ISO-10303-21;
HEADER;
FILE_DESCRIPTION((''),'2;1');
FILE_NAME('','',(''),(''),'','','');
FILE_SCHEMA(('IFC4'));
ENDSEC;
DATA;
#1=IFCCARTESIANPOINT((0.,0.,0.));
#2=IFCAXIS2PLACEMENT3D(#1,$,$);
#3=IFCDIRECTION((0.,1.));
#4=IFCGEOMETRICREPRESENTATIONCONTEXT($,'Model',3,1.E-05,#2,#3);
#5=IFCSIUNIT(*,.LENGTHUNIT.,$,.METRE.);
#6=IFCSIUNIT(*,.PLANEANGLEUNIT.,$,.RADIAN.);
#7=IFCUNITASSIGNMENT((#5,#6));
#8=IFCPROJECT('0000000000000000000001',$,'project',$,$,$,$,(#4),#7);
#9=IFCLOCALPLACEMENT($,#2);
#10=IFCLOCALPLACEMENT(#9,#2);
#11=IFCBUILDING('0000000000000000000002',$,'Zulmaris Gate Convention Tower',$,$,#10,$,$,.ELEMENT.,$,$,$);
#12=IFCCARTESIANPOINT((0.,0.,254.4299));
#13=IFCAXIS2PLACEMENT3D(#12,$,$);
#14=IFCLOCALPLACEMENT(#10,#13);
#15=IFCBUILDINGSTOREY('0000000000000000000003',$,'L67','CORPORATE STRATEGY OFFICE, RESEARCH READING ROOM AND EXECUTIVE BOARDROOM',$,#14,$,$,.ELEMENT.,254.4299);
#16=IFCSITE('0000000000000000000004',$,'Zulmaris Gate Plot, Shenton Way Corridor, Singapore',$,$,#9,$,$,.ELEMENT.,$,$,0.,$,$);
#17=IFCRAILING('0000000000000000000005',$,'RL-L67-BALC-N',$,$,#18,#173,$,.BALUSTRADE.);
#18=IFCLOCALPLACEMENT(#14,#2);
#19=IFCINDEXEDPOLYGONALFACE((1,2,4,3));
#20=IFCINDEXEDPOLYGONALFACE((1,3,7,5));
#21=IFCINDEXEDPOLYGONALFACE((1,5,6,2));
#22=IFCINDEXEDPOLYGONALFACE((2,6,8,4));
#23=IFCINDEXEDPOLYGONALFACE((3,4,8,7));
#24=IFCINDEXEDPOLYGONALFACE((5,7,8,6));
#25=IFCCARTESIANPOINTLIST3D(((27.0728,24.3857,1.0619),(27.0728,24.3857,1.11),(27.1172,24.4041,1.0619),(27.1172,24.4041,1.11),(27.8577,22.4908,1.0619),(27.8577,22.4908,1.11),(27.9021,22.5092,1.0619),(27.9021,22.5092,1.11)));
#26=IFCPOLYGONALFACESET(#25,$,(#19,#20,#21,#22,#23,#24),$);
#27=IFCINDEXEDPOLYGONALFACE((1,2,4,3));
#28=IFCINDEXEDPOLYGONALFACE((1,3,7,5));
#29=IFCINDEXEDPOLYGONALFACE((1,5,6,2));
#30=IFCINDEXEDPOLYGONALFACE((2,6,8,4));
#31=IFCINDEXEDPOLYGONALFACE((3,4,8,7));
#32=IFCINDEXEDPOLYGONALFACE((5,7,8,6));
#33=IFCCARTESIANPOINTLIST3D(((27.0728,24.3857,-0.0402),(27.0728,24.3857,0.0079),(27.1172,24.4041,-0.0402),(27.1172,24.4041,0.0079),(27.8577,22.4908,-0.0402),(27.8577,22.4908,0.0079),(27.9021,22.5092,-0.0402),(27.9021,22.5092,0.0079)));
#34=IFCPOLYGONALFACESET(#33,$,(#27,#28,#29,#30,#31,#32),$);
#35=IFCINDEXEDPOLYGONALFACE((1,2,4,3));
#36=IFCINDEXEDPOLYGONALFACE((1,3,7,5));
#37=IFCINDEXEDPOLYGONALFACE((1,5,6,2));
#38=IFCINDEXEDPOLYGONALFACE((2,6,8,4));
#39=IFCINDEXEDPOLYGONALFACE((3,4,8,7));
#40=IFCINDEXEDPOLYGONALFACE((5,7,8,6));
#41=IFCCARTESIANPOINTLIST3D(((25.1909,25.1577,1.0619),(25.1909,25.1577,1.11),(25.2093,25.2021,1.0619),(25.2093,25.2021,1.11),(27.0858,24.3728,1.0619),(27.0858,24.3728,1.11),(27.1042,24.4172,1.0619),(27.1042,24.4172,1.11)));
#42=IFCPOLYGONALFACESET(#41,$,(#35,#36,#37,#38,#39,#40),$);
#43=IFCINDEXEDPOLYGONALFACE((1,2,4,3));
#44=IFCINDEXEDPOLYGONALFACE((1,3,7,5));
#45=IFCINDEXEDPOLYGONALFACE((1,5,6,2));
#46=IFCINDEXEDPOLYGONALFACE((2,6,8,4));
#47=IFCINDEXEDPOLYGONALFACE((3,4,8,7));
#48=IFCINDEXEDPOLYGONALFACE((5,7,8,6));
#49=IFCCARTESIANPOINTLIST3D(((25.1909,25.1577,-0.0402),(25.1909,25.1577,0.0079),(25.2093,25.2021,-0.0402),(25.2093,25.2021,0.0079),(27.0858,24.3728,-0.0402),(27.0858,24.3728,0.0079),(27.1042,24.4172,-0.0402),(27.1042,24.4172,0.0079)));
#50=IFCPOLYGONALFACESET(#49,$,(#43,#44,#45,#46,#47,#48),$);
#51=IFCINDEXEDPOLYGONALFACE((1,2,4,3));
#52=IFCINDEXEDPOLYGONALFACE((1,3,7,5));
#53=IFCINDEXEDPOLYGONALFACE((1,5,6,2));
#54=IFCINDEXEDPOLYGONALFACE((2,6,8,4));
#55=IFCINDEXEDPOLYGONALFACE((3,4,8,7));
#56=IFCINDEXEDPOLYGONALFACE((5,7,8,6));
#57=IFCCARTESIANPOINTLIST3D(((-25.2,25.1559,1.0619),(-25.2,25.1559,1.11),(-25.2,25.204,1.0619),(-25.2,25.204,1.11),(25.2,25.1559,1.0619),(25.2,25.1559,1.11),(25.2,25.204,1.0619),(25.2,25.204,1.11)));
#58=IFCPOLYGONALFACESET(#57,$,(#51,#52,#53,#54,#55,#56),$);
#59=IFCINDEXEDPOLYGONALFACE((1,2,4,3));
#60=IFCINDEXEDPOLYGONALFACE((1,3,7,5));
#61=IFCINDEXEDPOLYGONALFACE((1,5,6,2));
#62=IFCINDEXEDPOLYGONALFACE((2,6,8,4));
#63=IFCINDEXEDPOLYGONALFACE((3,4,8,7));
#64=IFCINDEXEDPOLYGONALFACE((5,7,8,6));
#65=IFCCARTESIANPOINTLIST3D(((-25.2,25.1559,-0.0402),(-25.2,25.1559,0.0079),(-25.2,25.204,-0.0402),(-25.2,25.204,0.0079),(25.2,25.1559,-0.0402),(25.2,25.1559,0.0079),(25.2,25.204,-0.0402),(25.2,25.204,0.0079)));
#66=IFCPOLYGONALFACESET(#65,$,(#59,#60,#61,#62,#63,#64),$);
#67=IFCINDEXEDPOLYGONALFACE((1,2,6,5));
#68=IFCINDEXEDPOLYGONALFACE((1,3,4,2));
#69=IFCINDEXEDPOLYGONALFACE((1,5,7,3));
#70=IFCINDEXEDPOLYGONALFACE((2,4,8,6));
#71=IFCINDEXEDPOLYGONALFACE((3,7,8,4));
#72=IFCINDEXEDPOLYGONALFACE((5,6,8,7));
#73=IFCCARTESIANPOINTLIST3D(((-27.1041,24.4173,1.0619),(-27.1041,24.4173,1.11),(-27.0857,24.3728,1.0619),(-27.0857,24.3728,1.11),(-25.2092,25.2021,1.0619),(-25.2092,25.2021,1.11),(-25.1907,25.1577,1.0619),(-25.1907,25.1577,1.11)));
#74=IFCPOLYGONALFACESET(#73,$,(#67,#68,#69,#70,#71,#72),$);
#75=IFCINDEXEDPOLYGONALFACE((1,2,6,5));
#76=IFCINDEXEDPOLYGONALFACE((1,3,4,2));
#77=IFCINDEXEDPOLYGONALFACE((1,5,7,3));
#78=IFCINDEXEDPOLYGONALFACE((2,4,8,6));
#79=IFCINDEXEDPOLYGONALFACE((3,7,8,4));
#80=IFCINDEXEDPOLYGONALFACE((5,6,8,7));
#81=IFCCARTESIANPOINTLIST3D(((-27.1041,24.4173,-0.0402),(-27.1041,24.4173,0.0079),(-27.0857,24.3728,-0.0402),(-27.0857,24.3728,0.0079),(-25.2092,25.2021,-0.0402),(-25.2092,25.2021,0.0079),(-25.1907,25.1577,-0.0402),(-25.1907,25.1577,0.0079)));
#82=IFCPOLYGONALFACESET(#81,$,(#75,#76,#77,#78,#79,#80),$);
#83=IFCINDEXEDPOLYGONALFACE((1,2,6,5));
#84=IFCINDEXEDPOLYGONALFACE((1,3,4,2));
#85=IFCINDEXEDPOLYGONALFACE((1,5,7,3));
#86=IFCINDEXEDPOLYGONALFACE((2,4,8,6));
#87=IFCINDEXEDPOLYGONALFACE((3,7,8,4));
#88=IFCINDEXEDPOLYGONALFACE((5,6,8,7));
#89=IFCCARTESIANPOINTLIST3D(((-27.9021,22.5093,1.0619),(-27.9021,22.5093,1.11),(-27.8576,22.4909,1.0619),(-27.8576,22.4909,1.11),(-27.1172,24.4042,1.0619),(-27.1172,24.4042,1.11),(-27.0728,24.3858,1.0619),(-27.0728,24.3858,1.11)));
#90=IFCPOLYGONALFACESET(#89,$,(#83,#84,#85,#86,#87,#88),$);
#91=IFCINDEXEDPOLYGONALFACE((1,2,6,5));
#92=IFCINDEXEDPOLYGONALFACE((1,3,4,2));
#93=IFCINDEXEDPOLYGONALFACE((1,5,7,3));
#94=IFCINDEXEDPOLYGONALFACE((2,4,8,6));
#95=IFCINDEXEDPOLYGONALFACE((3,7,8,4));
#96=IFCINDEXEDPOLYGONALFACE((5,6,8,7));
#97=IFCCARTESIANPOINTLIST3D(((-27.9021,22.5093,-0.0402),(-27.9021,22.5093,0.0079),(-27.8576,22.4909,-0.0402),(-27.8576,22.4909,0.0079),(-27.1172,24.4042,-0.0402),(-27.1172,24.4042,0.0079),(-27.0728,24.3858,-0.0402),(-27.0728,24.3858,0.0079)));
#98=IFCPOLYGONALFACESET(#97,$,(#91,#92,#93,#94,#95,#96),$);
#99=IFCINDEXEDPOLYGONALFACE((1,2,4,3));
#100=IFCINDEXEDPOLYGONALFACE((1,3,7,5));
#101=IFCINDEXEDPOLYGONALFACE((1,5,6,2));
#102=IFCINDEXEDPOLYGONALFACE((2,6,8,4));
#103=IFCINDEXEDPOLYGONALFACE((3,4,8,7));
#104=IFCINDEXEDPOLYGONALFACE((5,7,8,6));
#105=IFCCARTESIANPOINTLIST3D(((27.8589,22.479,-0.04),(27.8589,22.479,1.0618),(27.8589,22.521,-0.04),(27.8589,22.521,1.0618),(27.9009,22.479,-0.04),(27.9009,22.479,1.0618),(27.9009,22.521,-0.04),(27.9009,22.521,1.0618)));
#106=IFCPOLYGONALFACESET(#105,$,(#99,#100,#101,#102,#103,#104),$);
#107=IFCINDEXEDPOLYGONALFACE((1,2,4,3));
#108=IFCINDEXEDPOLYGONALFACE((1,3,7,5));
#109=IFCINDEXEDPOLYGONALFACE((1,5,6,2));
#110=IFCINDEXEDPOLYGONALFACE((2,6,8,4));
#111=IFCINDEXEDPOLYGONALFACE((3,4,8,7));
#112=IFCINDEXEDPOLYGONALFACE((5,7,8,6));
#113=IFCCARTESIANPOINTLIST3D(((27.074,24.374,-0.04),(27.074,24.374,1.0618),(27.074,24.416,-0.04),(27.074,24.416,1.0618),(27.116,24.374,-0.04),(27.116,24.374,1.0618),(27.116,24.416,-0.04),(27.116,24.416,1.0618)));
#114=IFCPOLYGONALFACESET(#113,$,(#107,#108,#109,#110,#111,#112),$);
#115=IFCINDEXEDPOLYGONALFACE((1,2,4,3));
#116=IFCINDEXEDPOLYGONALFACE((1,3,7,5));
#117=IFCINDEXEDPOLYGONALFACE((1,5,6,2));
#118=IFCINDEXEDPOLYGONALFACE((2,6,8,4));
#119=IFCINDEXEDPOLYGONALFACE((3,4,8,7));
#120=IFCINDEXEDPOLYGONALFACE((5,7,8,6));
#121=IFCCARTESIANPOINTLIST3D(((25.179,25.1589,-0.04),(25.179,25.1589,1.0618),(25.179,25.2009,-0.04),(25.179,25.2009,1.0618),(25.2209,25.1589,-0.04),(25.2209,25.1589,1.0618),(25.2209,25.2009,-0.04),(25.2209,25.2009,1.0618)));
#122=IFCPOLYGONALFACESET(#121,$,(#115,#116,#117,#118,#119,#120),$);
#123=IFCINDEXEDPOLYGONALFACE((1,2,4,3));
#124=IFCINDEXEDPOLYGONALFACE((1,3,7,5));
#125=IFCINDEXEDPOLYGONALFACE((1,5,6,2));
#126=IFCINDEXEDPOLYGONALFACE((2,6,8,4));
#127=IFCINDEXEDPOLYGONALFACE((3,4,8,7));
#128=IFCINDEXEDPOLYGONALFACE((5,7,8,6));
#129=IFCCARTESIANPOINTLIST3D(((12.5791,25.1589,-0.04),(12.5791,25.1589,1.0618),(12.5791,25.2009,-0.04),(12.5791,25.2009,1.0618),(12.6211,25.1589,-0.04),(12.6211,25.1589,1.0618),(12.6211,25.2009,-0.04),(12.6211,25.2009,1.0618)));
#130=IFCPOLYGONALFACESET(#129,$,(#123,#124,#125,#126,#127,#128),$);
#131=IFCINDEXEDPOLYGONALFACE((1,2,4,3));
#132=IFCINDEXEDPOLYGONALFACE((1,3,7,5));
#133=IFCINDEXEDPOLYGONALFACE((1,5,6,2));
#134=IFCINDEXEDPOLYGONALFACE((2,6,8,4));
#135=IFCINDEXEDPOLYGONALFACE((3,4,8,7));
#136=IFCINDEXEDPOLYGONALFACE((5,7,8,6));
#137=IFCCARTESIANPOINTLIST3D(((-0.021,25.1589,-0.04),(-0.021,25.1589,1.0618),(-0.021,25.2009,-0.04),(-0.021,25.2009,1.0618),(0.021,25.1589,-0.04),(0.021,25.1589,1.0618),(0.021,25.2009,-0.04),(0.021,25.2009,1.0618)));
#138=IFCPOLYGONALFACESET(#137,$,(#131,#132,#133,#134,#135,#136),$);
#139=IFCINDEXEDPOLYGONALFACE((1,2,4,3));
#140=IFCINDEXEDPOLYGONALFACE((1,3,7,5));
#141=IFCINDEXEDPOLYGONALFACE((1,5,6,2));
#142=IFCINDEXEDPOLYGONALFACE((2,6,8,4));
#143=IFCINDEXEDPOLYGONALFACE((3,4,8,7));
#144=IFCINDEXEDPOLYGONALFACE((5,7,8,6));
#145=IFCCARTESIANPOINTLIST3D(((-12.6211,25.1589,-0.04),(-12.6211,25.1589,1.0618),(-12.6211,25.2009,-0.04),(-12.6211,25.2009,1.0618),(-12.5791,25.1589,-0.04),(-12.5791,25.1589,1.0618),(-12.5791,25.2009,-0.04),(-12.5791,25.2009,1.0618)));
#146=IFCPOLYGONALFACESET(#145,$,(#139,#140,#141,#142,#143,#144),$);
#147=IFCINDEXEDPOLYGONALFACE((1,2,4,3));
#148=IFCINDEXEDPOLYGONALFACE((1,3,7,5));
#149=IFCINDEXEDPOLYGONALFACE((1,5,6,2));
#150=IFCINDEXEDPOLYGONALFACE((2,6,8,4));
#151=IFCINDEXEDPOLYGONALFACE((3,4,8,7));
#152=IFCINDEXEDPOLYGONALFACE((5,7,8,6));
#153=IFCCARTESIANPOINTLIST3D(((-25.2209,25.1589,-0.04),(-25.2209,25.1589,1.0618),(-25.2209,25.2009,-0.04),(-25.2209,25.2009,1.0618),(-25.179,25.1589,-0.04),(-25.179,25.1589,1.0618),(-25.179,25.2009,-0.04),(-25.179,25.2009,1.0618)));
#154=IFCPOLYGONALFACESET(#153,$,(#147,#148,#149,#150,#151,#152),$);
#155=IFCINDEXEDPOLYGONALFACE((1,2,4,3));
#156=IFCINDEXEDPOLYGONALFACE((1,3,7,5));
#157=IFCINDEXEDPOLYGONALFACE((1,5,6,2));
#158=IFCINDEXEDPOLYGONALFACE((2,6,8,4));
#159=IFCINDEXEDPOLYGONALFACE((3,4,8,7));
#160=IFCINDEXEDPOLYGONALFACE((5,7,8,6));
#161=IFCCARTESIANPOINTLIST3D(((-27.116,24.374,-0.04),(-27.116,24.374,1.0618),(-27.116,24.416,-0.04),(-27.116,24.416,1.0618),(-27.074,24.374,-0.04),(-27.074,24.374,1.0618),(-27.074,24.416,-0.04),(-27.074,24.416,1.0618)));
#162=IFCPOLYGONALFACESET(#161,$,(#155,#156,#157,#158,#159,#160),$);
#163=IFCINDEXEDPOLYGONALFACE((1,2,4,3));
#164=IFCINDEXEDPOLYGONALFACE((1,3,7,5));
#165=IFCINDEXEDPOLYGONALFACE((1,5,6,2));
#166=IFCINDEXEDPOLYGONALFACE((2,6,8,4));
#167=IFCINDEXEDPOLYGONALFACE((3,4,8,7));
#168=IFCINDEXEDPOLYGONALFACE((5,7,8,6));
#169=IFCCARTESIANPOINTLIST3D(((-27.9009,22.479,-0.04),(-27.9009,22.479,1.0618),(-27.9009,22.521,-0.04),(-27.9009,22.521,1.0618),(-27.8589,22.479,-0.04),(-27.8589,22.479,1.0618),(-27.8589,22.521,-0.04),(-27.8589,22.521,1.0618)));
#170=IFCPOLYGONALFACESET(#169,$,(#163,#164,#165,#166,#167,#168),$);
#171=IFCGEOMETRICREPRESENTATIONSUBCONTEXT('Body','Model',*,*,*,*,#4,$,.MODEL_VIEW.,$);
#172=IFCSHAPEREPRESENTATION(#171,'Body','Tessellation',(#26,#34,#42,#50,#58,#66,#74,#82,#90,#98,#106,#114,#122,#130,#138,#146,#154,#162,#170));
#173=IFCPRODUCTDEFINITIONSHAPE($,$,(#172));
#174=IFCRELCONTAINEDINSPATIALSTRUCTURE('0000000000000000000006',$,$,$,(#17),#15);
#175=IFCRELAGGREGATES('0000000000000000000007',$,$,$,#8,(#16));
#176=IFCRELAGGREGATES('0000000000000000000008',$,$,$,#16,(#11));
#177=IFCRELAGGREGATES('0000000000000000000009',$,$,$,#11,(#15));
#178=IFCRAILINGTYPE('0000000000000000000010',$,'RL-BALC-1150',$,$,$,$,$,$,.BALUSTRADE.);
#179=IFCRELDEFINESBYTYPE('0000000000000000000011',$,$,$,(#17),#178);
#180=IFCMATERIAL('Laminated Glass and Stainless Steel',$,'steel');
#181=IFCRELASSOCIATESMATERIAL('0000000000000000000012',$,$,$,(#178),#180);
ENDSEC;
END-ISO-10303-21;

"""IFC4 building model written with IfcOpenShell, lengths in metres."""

from ifc_helpers import new_model, si_unit, direction, frame, origin, origin_2d, place, context, subcontext, project, spatial, rectangle, extrude, material, type_object, element, save


model = new_model("IFC4")

# Units and contexts
model_context = context("Model", 3, precision=1e-05, world=origin(), true_north=direction((0.0, 1.0)))
body_context = subcontext(model_context, "Body", "Model", "MODEL_VIEW")
ifc_project = project(units=[si_unit("LENGTHUNIT", "METRE"), si_unit("PLANEANGLEUNIT", "RADIAN")], contexts=[model_context])

# Site, building, storey
site_placement = place(None, origin())
site = spatial("IfcSite", under=ifc_project, at=site_placement, Name="Zulmaris Gate Plot, Shenton Way Corridor, Singapore", CompositionType="ELEMENT", RefElevation=0.0)
building_placement = place(site_placement, origin())
building = spatial("IfcBuilding", under=site, at=building_placement, Name="Zulmaris Gate Convention Tower", CompositionType="ELEMENT")
storey_placement = place(building_placement, frame((0.0, 0.0, 254.4299)))
storey = spatial("IfcBuildingStorey", under=building, at=storey_placement, Name="L67", Description="CORPORATE STRATEGY OFFICE, RESEARCH READING ROOM AND EXECUTIVE BOARDROOM", CompositionType="ELEMENT", Elevation=254.4299)

# Railing
ifc_material_1 = material(Name="Laminated Glass and Stainless Steel", Category="steel")
railing_type = type_object("IfcRailingType", Name="RL-BALC-1150", PredefinedType="BALUSTRADE", material=ifc_material_1)
railing_placement = place(storey_placement, frame((27.8799, 22.5, -0.04)))
element("IfcRailing", 1, at=railing_placement, inside=storey, type_object=railing_type, Name="RL-L67-BALC-N", PredefinedType="BALUSTRADE", context=body_context, shape_type="SweptSolid", body=[
    extrude(rectangle(XDim=0.0481, YDim=0.0481, at=origin_2d()), frame((0.0, 0.0, 1.126), z_axis=(-0.382671, 0.923885, 0.0), x_axis=(-0.923885, -0.382671, 0.0)), (0.0, 0.0, 1.0), 2.051),
    extrude(rectangle(XDim=0.0481, YDim=0.0481, at=origin_2d()), frame((0.0, 0.0, 0.0239), z_axis=(-0.382671, 0.923885, 0.0), x_axis=(-0.923885, -0.382671, 0.0)), (0.0, 0.0, 1.0), 2.051),
    extrude(rectangle(XDim=0.0481, YDim=0.0481, at=origin_2d()), frame((-0.7849, 1.895, 1.126), z_axis=(-0.923885, 0.382671, 0.0), x_axis=(-0.382671, -0.923885, 0.0)), (0.0, 0.0, 1.0), 2.051),
    extrude(rectangle(XDim=0.0481, YDim=0.0481, at=origin_2d()), frame((-0.7849, 1.895, 0.0239), z_axis=(-0.923885, 0.382671, 0.0), x_axis=(-0.382671, -0.923885, 0.0)), (0.0, 0.0, 1.0), 2.051),
    extrude(rectangle(XDim=0.0481, YDim=0.0481, at=origin_2d()), frame((-2.6799, 2.6799, 1.126), z_axis=(-1.0, 0.0, 0.0), x_axis=(0.0, -1.0, 0.0)), (0.0, 0.0, 1.0), 50.3999),
    extrude(rectangle(XDim=0.0481, YDim=0.0481, at=origin_2d()), frame((-2.6799, 2.6799, 0.0239), z_axis=(-1.0, 0.0, 0.0), x_axis=(0.0, -1.0, 0.0)), (0.0, 0.0, 1.0), 50.3999),
    extrude(rectangle(XDim=0.0481, YDim=0.0481, at=origin_2d()), frame((-53.0798, 2.6799, 1.126), z_axis=(-0.923885, -0.382671, 0.0), x_axis=(0.382671, -0.923885, 0.0)), (0.0, 0.0, 1.0), 2.051),
    extrude(rectangle(XDim=0.0481, YDim=0.0481, at=origin_2d()), frame((-53.0798, 2.6799, 0.0239), z_axis=(-0.923885, -0.382671, 0.0), x_axis=(0.382671, -0.923885, 0.0)), (0.0, 0.0, 1.0), 2.051),
    extrude(rectangle(XDim=0.0481, YDim=0.0481, at=origin_2d()), frame((-54.9749, 1.895, 1.126), z_axis=(-0.382671, -0.923885, 0.0), x_axis=(0.923885, -0.382671, 0.0)), (0.0, 0.0, 1.0), 2.051),
    extrude(rectangle(XDim=0.0481, YDim=0.0481, at=origin_2d()), frame((-54.9749, 1.895, 0.0239), z_axis=(-0.382671, -0.923885, 0.0), x_axis=(0.923885, -0.382671, 0.0)), (0.0, 0.0, 1.0), 2.051),
    extrude(rectangle(XDim=0.042, YDim=0.042, at=origin_2d()), origin(), (0.0, 0.0, 1.0), 1.1018),
    extrude(rectangle(XDim=0.042, YDim=0.042, at=origin_2d()), frame((-0.7849, 1.895, 0.0)), (0.0, 0.0, 1.0), 1.1018),
    extrude(rectangle(XDim=0.042, YDim=0.042, at=origin_2d()), frame((-2.6799, 2.6799, 0.0)), (0.0, 0.0, 1.0), 1.1018),
    extrude(rectangle(XDim=0.042, YDim=0.042, at=origin_2d()), frame((-15.2798, 2.6799, 0.0)), (0.0, 0.0, 1.0), 1.1018),
    extrude(rectangle(XDim=0.042, YDim=0.042, at=origin_2d()), frame((-27.8799, 2.6799, 0.0)), (0.0, 0.0, 1.0), 1.1018),
    extrude(rectangle(XDim=0.042, YDim=0.042, at=origin_2d()), frame((-40.48, 2.6799, 0.0)), (0.0, 0.0, 1.0), 1.1018),
    extrude(rectangle(XDim=0.042, YDim=0.042, at=origin_2d()), frame((-53.0798, 2.6799, 0.0)), (0.0, 0.0, 1.0), 1.1018),
    extrude(rectangle(XDim=0.042, YDim=0.042, at=origin_2d()), frame((-54.9749, 1.895, 0.0)), (0.0, 0.0, 1.0), 1.1018),
    extrude(rectangle(XDim=0.042, YDim=0.042, at=origin_2d()), frame((-55.7598, 0.0, 0.0)), (0.0, 0.0, 1.0), 1.1018),
])

save(model, "model.ifc")
